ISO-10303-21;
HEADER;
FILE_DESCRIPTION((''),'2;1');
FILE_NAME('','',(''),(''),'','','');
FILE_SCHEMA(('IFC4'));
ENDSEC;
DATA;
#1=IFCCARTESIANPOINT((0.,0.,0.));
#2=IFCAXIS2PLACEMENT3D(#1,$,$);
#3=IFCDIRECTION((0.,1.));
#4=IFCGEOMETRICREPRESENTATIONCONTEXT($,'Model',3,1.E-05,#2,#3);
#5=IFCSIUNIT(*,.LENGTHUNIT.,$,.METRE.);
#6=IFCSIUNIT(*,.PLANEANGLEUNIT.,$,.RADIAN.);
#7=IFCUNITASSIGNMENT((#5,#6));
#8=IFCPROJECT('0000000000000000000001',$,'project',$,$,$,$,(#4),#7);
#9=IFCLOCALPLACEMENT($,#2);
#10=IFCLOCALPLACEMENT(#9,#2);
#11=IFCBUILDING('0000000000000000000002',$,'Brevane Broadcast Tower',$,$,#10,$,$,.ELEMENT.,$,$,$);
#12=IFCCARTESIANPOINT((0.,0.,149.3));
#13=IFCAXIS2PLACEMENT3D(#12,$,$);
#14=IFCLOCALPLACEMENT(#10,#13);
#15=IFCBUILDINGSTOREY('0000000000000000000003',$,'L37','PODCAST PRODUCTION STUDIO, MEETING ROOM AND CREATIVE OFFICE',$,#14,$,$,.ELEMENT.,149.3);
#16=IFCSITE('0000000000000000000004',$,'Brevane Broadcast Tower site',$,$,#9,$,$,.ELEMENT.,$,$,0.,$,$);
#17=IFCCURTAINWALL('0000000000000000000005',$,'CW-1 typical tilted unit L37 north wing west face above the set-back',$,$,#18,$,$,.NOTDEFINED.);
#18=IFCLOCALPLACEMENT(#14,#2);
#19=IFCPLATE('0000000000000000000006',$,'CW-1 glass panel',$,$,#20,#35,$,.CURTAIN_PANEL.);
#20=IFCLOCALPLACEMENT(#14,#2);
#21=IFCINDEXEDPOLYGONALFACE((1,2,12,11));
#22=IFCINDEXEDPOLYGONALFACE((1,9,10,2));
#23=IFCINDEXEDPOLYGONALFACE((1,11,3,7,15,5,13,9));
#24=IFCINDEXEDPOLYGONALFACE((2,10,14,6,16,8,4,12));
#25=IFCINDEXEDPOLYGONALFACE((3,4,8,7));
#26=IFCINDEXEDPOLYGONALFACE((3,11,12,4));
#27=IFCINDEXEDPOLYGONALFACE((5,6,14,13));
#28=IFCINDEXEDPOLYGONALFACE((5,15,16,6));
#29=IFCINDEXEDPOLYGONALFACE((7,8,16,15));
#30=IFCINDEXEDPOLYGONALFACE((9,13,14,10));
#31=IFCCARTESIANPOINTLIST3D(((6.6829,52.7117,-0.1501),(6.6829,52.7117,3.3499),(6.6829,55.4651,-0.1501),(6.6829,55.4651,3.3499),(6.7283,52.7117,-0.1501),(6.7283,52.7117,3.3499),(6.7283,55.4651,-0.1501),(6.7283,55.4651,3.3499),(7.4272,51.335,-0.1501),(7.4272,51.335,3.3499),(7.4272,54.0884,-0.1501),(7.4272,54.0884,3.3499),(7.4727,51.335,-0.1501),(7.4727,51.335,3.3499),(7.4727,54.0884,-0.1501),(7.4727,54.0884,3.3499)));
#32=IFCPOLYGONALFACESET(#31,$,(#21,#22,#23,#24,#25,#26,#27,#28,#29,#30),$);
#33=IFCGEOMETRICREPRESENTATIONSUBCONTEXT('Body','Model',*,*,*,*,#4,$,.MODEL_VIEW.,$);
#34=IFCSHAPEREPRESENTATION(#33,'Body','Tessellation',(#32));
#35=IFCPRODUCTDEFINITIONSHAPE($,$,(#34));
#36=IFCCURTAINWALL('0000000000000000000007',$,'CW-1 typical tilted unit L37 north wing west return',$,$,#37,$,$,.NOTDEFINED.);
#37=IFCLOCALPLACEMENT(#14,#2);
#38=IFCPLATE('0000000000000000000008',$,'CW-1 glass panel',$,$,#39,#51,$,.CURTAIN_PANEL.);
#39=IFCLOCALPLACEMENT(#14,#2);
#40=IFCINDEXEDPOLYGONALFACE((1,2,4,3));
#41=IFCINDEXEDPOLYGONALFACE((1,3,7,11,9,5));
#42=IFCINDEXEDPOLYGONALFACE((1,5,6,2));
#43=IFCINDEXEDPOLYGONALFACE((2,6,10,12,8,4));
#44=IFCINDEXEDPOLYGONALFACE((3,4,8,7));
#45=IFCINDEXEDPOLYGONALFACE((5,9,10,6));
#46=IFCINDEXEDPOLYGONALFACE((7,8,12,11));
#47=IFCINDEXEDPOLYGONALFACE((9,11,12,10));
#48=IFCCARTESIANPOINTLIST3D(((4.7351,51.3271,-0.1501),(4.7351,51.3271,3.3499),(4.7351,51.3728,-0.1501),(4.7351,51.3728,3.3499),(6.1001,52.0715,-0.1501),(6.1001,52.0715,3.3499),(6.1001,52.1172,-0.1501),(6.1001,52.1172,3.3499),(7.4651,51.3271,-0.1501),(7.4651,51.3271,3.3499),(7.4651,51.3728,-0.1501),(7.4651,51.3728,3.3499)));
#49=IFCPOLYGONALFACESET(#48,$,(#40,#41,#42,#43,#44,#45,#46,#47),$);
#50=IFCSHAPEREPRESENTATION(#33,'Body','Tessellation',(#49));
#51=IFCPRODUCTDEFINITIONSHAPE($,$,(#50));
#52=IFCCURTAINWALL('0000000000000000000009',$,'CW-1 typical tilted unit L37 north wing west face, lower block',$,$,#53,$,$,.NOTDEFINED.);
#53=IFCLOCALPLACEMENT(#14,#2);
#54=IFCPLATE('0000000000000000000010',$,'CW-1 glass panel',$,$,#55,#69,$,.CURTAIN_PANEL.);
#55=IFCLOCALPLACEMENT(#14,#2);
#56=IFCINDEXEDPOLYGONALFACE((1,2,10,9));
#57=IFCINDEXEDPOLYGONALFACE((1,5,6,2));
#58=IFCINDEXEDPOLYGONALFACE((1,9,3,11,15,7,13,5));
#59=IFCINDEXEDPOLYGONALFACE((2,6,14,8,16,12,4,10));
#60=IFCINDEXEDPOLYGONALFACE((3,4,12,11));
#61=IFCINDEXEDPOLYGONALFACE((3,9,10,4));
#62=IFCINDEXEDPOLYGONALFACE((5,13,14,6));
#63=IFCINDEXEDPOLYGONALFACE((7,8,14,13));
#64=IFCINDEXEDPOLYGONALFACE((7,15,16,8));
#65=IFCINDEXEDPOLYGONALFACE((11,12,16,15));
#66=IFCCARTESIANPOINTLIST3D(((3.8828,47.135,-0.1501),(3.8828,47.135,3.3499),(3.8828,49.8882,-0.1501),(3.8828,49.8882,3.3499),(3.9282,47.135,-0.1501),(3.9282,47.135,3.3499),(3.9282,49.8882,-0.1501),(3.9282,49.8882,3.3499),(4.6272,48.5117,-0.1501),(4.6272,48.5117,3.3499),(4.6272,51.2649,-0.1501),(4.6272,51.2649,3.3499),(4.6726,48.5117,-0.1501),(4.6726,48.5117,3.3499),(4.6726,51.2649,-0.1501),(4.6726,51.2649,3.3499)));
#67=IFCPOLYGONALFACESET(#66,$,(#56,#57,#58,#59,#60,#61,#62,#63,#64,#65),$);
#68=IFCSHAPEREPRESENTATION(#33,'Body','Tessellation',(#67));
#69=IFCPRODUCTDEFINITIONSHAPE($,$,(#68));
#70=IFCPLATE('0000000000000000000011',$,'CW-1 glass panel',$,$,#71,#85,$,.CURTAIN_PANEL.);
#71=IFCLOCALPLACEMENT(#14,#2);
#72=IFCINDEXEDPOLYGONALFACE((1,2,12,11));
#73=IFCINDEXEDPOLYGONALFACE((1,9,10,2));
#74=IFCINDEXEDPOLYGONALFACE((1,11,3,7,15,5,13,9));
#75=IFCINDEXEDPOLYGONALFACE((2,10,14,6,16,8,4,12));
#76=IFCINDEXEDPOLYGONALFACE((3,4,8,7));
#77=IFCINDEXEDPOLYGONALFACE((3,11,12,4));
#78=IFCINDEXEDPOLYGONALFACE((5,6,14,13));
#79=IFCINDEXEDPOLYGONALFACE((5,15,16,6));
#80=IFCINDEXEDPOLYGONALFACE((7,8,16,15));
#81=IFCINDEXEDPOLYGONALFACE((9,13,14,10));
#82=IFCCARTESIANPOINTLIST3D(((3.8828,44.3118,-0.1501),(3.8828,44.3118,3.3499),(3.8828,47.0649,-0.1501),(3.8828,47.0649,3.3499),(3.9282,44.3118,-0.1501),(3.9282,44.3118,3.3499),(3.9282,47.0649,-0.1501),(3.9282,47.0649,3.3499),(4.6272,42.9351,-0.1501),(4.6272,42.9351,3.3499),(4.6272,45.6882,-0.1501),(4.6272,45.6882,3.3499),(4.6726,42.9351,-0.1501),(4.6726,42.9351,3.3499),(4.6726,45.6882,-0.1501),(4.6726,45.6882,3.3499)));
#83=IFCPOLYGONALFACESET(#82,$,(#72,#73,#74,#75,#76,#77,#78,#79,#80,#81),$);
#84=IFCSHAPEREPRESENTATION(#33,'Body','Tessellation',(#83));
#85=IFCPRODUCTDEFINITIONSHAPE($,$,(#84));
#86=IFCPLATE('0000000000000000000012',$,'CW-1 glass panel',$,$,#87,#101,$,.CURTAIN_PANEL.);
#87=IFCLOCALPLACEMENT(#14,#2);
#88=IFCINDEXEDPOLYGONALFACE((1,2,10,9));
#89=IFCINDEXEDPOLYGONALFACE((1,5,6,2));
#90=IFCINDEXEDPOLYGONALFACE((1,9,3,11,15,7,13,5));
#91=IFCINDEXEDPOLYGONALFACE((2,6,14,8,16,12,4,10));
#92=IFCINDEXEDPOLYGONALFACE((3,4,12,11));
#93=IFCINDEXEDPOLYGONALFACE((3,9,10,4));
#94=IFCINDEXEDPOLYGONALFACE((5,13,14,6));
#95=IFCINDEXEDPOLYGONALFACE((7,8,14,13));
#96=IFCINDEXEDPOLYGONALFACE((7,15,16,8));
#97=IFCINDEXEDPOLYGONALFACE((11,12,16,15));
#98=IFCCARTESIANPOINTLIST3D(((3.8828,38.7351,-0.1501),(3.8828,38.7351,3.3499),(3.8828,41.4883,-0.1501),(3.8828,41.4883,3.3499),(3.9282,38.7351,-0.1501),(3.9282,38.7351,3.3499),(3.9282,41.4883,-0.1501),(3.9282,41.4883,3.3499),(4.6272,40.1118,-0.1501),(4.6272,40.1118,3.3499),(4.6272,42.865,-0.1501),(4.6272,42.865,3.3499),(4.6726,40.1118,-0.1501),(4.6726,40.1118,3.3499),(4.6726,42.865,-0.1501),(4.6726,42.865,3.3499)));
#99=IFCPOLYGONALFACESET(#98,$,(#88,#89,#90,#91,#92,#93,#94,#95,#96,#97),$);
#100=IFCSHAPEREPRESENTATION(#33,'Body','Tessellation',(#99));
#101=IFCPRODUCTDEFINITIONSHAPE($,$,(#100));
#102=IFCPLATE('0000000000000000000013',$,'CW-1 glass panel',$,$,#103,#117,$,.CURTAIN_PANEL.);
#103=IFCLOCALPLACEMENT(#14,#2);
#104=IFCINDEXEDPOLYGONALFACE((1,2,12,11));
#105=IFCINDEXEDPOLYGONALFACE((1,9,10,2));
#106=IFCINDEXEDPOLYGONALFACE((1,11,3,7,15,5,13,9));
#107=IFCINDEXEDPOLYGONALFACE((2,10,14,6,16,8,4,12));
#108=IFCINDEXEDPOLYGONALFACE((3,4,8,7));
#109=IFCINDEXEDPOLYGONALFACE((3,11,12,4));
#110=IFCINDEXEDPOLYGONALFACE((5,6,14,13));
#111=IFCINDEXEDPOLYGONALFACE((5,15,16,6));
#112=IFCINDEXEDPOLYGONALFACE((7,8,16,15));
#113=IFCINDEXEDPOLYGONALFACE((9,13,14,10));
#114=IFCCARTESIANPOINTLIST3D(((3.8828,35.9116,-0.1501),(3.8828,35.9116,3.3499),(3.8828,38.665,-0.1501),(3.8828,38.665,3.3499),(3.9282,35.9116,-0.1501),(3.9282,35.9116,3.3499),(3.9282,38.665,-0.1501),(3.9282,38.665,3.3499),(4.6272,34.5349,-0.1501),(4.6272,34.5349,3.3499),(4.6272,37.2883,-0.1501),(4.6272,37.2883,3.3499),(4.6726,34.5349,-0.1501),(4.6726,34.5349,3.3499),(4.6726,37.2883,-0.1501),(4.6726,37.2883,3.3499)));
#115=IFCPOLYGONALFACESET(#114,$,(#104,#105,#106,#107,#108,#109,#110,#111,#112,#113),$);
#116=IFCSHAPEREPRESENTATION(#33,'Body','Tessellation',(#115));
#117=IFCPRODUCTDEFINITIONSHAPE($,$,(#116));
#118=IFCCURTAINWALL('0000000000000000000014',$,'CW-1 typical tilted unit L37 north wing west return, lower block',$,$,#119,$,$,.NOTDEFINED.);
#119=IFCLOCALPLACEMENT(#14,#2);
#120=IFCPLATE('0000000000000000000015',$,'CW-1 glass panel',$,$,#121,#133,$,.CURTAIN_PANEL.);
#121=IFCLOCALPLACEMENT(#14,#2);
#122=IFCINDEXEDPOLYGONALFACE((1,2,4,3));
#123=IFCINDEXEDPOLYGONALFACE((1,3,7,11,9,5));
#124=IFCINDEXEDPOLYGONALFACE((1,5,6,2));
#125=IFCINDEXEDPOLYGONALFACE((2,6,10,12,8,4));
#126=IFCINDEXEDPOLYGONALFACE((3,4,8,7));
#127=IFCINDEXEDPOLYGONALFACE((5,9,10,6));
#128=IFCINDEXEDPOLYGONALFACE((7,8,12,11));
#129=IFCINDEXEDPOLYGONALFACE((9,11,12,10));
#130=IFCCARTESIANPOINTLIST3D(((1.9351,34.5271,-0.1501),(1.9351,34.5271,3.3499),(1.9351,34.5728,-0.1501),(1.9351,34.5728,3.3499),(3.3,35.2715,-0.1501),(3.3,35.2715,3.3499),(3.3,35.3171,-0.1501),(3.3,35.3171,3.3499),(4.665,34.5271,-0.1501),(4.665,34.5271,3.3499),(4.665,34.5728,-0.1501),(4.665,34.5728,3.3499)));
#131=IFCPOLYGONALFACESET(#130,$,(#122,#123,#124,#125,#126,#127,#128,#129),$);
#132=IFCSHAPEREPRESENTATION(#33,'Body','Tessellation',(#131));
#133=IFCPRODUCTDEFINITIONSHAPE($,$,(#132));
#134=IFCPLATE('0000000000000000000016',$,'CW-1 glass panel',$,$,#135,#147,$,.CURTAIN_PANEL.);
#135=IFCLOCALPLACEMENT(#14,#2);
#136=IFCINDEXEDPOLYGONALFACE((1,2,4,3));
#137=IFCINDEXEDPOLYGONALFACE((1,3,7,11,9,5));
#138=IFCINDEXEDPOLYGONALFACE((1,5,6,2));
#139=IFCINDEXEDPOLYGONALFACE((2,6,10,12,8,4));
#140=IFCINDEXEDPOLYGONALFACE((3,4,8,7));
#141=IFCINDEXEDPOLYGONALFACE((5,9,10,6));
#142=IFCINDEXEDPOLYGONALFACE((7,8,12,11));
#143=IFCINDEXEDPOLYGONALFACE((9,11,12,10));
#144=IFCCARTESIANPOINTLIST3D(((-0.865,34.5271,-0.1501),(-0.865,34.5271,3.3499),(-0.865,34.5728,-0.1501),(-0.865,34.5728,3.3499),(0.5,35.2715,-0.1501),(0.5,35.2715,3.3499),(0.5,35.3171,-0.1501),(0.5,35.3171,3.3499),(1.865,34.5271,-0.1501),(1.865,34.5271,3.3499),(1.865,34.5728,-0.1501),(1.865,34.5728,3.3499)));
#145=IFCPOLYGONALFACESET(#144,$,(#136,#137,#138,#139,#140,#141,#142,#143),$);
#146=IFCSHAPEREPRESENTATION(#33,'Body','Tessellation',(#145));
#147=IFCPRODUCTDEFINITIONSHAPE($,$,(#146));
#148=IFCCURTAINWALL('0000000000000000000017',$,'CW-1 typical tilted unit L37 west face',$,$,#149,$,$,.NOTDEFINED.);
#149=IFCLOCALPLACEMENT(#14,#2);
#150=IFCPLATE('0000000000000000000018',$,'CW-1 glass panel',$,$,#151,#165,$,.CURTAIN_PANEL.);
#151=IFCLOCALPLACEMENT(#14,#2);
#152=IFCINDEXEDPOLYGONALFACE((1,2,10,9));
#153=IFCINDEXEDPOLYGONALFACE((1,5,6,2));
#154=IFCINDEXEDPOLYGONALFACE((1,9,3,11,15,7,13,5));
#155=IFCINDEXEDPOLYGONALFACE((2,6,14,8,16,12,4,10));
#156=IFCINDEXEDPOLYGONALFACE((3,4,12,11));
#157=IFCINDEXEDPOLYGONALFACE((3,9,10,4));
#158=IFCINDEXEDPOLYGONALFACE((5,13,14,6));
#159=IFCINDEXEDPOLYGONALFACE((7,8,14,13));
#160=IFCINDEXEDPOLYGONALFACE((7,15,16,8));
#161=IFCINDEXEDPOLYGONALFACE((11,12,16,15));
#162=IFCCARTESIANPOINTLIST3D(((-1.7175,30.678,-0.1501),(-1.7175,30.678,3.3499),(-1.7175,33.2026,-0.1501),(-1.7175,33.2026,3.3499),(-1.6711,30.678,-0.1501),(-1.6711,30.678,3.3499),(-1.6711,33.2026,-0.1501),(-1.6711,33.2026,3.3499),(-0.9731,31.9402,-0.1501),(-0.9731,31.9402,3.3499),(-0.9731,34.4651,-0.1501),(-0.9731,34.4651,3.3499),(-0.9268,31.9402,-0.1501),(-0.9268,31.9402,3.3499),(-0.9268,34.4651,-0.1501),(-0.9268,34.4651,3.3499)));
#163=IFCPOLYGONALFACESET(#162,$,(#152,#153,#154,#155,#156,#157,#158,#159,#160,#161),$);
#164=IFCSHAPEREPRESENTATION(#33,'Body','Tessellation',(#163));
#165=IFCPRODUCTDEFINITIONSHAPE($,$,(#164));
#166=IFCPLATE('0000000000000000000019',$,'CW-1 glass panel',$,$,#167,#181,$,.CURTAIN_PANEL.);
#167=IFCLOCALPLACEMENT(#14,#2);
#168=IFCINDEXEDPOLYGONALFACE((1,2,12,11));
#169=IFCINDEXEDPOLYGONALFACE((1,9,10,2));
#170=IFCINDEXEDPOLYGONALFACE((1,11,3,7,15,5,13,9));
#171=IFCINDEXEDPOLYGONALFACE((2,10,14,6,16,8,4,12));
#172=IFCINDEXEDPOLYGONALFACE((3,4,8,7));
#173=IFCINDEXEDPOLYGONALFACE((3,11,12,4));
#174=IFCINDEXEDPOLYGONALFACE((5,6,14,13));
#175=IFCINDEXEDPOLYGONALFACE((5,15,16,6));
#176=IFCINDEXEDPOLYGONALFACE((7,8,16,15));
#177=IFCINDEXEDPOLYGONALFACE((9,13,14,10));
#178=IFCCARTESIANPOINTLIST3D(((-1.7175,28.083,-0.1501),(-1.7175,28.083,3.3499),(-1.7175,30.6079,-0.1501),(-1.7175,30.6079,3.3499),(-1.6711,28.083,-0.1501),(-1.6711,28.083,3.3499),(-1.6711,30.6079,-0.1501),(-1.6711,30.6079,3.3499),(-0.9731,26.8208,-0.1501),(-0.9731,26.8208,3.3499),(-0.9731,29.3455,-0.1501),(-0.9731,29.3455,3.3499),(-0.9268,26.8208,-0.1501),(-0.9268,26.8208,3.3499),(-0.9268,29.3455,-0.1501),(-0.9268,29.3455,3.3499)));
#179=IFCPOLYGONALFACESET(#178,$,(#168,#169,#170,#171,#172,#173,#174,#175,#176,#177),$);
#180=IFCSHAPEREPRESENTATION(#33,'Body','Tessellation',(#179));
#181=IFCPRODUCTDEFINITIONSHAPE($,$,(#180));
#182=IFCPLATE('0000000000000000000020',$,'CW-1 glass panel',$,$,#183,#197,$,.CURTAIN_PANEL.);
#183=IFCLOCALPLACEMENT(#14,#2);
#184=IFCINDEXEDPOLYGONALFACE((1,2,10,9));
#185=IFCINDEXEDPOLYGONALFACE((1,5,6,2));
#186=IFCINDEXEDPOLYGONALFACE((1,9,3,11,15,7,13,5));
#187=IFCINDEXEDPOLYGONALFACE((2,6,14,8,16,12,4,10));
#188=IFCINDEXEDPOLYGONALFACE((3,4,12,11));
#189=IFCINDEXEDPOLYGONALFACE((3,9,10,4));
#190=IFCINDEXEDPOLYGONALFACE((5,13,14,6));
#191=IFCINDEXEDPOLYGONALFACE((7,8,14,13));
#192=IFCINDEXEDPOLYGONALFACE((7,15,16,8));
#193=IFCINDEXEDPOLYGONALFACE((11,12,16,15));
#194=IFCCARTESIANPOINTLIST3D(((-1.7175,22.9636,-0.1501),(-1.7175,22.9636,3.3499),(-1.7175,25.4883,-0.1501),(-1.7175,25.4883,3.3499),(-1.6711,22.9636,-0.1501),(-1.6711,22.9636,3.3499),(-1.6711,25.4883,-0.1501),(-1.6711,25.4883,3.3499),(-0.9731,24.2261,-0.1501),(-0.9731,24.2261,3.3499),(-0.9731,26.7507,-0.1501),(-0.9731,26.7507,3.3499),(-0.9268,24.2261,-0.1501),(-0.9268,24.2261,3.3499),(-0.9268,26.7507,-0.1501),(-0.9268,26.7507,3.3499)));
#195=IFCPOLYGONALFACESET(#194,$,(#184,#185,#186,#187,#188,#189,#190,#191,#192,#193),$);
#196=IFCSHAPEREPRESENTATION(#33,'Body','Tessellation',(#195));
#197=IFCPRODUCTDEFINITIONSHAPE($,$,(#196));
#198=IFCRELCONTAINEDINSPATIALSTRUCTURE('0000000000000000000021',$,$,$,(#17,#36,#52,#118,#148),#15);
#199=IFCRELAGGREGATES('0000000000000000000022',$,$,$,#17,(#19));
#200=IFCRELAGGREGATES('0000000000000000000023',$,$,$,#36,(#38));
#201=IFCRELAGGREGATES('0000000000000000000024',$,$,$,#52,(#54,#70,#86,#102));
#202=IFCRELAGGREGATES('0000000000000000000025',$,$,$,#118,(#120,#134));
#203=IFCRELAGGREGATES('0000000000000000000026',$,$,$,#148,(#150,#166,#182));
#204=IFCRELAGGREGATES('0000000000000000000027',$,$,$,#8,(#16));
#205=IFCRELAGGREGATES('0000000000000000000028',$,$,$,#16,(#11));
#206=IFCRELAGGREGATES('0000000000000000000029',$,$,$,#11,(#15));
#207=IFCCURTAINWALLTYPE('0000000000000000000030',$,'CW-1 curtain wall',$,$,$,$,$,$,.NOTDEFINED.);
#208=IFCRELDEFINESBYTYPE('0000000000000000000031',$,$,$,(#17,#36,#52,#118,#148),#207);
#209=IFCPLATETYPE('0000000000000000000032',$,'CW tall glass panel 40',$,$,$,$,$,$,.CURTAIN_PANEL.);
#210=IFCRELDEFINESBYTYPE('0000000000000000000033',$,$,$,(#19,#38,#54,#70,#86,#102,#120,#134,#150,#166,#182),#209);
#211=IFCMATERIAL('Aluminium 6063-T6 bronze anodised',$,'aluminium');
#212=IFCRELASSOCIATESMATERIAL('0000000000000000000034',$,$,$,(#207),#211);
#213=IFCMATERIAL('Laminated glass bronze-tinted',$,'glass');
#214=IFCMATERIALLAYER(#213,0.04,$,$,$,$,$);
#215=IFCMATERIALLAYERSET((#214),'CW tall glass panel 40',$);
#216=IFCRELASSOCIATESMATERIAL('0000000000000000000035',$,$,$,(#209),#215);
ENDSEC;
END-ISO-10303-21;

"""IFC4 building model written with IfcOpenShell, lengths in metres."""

from ifc_helpers import new_model, si_unit, direction, frame, origin, place, context, subcontext, project, spatial, polyline, outline, extrude, material, layer, layer_set, type_object, element, aggregate, save


model = new_model("IFC4")

# Units and contexts
model_context = context("Model", 3, precision=1e-05, world=origin(), true_north=direction((0.0, 1.0)))
body_context = subcontext(model_context, "Body", "Model", "MODEL_VIEW")
ifc_project = project(units=[si_unit("LENGTHUNIT", "METRE"), si_unit("PLANEANGLEUNIT", "RADIAN")], contexts=[model_context])

# Site, building, storey
site_placement = place(None, origin())
site = spatial("IfcSite", under=ifc_project, at=site_placement, Name="Brevane Broadcast Tower site", CompositionType="ELEMENT", RefElevation=0.0)
building_placement = place(site_placement, origin())
building = spatial("IfcBuilding", under=site, at=building_placement, Name="Brevane Broadcast Tower", CompositionType="ELEMENT")
storey_placement = place(building_placement, frame((0.0, 0.0, 149.3)))
storey = spatial("IfcBuildingStorey", under=building, at=storey_placement, Name="L37", Description="PODCAST PRODUCTION STUDIO, MEETING ROOM AND CREATIVE OFFICE", CompositionType="ELEMENT", Elevation=149.3)

# Curtain walls, plates
ifc_material_1 = material(Name="Aluminium 6063-T6 bronze anodised", Category="aluminium")
curtain_wall_type = type_object("IfcCurtainWallType", Name="CW-1 curtain wall", PredefinedType="NOTDEFINED", material=ifc_material_1)
curtain_wall_1_placement = place(storey_placement, origin())
curtain_wall_1 = element("IfcCurtainWall", 1, at=curtain_wall_1_placement, inside=storey, type_object=curtain_wall_type, Name="CW-1 typical tilted unit L37 north wing west face above the set-back", PredefinedType="NOTDEFINED")
ifc_material_2 = material(Name="Laminated glass bronze-tinted", Category="glass")
ifc_layer_1 = layer(ifc_material_2, 0.04)
ifc_layer_set_1 = layer_set([ifc_layer_1], Name="CW tall glass panel 40")
plate_type = type_object("IfcPlateType", Name="CW tall glass panel 40", PredefinedType="CURTAIN_PANEL", material=ifc_layer_set_1)
plate_1_placement = place(storey_placement, frame((0.0, 0.0, -0.1501)))
plate_1 = element("IfcPlate", 2, at=plate_1_placement, type_object=plate_type, Name="CW-1 glass panel", PredefinedType="CURTAIN_PANEL", context=body_context, shape_type="SweptSolid", body=[
    extrude(outline(polyline([(6.7283, 55.4651), (6.6829, 55.4651), (7.4272, 54.0884), (6.6829, 52.7117), (7.4272, 51.335), (7.4727, 51.335), (6.7283, 52.7117), (7.4727, 54.0884), (6.7283, 55.4651)])), origin(), (0.0, 0.0, 1.0), 3.5),
])
aggregate(curtain_wall_1, [plate_1])
curtain_wall_2_placement = place(storey_placement, origin())
curtain_wall_2 = element("IfcCurtainWall", 3, at=curtain_wall_2_placement, inside=storey, type_object=curtain_wall_type, Name="CW-1 typical tilted unit L37 north wing west return", PredefinedType="NOTDEFINED")
plate_2_placement = place(storey_placement, frame((0.0, 0.0, -0.1501)))
plate_2 = element("IfcPlate", 4, at=plate_2_placement, type_object=plate_type, Name="CW-1 glass panel", PredefinedType="CURTAIN_PANEL", context=body_context, shape_type="SweptSolid", body=[
    extrude(outline(polyline([(7.4651, 51.3271), (7.4651, 51.3728), (6.1001, 52.1172), (4.7351, 51.3728), (4.7351, 51.3271), (6.1001, 52.0715), (7.4651, 51.3271)])), origin(), (0.0, 0.0, 1.0), 3.5),
])
aggregate(curtain_wall_2, [plate_2])

# Curtain walls, plates
curtain_wall_3_placement = place(storey_placement, origin())
curtain_wall_3 = element("IfcCurtainWall", 5, at=curtain_wall_3_placement, inside=storey, type_object=curtain_wall_type, Name="CW-1 typical tilted unit L37 north wing west face, lower block", PredefinedType="NOTDEFINED")
plate_3_placement = place(storey_placement, frame((0.0, 0.0, -0.1501)))
plate_3 = element("IfcPlate", 6, at=plate_3_placement, type_object=plate_type, Name="CW-1 glass panel", PredefinedType="CURTAIN_PANEL", context=body_context, shape_type="SweptSolid", body=[
    extrude(outline(polyline([(4.6726, 51.2649), (4.6272, 51.2649), (3.8828, 49.8882), (4.6272, 48.5117), (3.8828, 47.135), (3.9282, 47.135), (4.6726, 48.5117), (3.9282, 49.8882), (4.6726, 51.2649)])), origin(), (0.0, 0.0, 1.0), 3.5),
])
plate_4_placement = place(storey_placement, frame((0.0, 0.0, -0.1501)))
plate_4 = element("IfcPlate", 7, at=plate_4_placement, type_object=plate_type, Name="CW-1 glass panel", PredefinedType="CURTAIN_PANEL", context=body_context, shape_type="SweptSolid", body=[
    extrude(outline(polyline([(3.9282, 47.0649), (3.8828, 47.0649), (4.6272, 45.6882), (3.8828, 44.3118), (4.6272, 42.9351), (4.6726, 42.9351), (3.9282, 44.3118), (4.6726, 45.6882), (3.9282, 47.0649)])), origin(), (0.0, 0.0, 1.0), 3.5),
])
plate_5_placement = place(storey_placement, frame((0.0, 0.0, -0.1501)))
plate_5 = element("IfcPlate", 8, at=plate_5_placement, type_object=plate_type, Name="CW-1 glass panel", PredefinedType="CURTAIN_PANEL", context=body_context, shape_type="SweptSolid", body=[
    extrude(outline(polyline([(4.6726, 42.865), (4.6272, 42.865), (3.8828, 41.4883), (4.6272, 40.1118), (3.8828, 38.7351), (3.9282, 38.7351), (4.6726, 40.1118), (3.9282, 41.4883), (4.6726, 42.865)])), origin(), (0.0, 0.0, 1.0), 3.5),
])
plate_6_placement = place(storey_placement, frame((0.0, 0.0, -0.1501)))
plate_6 = element("IfcPlate", 9, at=plate_6_placement, type_object=plate_type, Name="CW-1 glass panel", PredefinedType="CURTAIN_PANEL", context=body_context, shape_type="SweptSolid", body=[
    extrude(outline(polyline([(3.9282, 38.665), (3.8828, 38.665), (4.6272, 37.2883), (3.8828, 35.9116), (4.6272, 34.5349), (4.6726, 34.5349), (3.9282, 35.9116), (4.6726, 37.2883), (3.9282, 38.665)])), origin(), (0.0, 0.0, 1.0), 3.5),
])
aggregate(curtain_wall_3, [plate_3, plate_4, plate_5, plate_6])
curtain_wall_4_placement = place(storey_placement, origin())
curtain_wall_4 = element("IfcCurtainWall", 10, at=curtain_wall_4_placement, inside=storey, type_object=curtain_wall_type, Name="CW-1 typical tilted unit L37 north wing west return, lower block", PredefinedType="NOTDEFINED")
plate_7_placement = place(storey_placement, frame((0.0, 0.0, -0.1501)))
plate_7 = element("IfcPlate", 11, at=plate_7_placement, type_object=plate_type, Name="CW-1 glass panel", PredefinedType="CURTAIN_PANEL", context=body_context, shape_type="SweptSolid", body=[
    extrude(outline(polyline([(4.665, 34.5271), (4.665, 34.5728), (3.3, 35.3171), (1.9351, 34.5728), (1.9351, 34.5271), (3.3, 35.2715), (4.665, 34.5271)])), origin(), (0.0, 0.0, 1.0), 3.5),
])
plate_8_placement = place(storey_placement, frame((0.0, 0.0, -0.1501)))
plate_8 = element("IfcPlate", 12, at=plate_8_placement, type_object=plate_type, Name="CW-1 glass panel", PredefinedType="CURTAIN_PANEL", context=body_context, shape_type="SweptSolid", body=[
    extrude(outline(polyline([(1.865, 34.5271), (1.865, 34.5728), (0.5, 35.3171), (-0.865, 34.5728), (-0.865, 34.5271), (0.5, 35.2715), (1.865, 34.5271)])), origin(), (0.0, 0.0, 1.0), 3.5),
])
aggregate(curtain_wall_4, [plate_7, plate_8])
curtain_wall_5_placement = place(storey_placement, origin())
curtain_wall_5 = element("IfcCurtainWall", 13, at=curtain_wall_5_placement, inside=storey, type_object=curtain_wall_type, Name="CW-1 typical tilted unit L37 west face", PredefinedType="NOTDEFINED")
plate_9_placement = place(storey_placement, frame((0.0, 0.0, -0.1501)))
plate_9 = element("IfcPlate", 14, at=plate_9_placement, type_object=plate_type, Name="CW-1 glass panel", PredefinedType="CURTAIN_PANEL", context=body_context, shape_type="SweptSolid", body=[
    extrude(outline(polyline([(-0.9268, 34.4651), (-0.9731, 34.4651), (-1.7175, 33.2026), (-0.9731, 31.9402), (-1.7175, 30.678), (-1.6711, 30.678), (-0.9268, 31.9402), (-1.6711, 33.2026), (-0.9268, 34.4651)])), origin(), (0.0, 0.0, 1.0), 3.5),
])
plate_10_placement = place(storey_placement, frame((0.0, 0.0, -0.1501)))
plate_10 = element("IfcPlate", 15, at=plate_10_placement, type_object=plate_type, Name="CW-1 glass panel", PredefinedType="CURTAIN_PANEL", context=body_context, shape_type="SweptSolid", body=[
    extrude(outline(polyline([(-1.6711, 30.6079), (-1.7175, 30.6079), (-0.9731, 29.3455), (-1.7175, 28.083), (-0.9731, 26.8208), (-0.9268, 26.8208), (-1.6711, 28.083), (-0.9268, 29.3455), (-1.6711, 30.6079)])), origin(), (0.0, 0.0, 1.0), 3.5),
])
plate_11_placement = place(storey_placement, frame((0.0, 0.0, -0.1501)))
plate_11 = element("IfcPlate", 16, at=plate_11_placement, type_object=plate_type, Name="CW-1 glass panel", PredefinedType="CURTAIN_PANEL", context=body_context, shape_type="SweptSolid", body=[
    extrude(outline(polyline([(-0.9268, 26.7507), (-0.9731, 26.7507), (-1.7175, 25.4883), (-0.9731, 24.2261), (-1.7175, 22.9636), (-1.6711, 22.9636), (-0.9268, 24.2261), (-1.6711, 25.4883), (-0.9268, 26.7507)])), origin(), (0.0, 0.0, 1.0), 3.5),
])
aggregate(curtain_wall_5, [plate_9, plate_10, plate_11])

save(model, "model.ifc")
